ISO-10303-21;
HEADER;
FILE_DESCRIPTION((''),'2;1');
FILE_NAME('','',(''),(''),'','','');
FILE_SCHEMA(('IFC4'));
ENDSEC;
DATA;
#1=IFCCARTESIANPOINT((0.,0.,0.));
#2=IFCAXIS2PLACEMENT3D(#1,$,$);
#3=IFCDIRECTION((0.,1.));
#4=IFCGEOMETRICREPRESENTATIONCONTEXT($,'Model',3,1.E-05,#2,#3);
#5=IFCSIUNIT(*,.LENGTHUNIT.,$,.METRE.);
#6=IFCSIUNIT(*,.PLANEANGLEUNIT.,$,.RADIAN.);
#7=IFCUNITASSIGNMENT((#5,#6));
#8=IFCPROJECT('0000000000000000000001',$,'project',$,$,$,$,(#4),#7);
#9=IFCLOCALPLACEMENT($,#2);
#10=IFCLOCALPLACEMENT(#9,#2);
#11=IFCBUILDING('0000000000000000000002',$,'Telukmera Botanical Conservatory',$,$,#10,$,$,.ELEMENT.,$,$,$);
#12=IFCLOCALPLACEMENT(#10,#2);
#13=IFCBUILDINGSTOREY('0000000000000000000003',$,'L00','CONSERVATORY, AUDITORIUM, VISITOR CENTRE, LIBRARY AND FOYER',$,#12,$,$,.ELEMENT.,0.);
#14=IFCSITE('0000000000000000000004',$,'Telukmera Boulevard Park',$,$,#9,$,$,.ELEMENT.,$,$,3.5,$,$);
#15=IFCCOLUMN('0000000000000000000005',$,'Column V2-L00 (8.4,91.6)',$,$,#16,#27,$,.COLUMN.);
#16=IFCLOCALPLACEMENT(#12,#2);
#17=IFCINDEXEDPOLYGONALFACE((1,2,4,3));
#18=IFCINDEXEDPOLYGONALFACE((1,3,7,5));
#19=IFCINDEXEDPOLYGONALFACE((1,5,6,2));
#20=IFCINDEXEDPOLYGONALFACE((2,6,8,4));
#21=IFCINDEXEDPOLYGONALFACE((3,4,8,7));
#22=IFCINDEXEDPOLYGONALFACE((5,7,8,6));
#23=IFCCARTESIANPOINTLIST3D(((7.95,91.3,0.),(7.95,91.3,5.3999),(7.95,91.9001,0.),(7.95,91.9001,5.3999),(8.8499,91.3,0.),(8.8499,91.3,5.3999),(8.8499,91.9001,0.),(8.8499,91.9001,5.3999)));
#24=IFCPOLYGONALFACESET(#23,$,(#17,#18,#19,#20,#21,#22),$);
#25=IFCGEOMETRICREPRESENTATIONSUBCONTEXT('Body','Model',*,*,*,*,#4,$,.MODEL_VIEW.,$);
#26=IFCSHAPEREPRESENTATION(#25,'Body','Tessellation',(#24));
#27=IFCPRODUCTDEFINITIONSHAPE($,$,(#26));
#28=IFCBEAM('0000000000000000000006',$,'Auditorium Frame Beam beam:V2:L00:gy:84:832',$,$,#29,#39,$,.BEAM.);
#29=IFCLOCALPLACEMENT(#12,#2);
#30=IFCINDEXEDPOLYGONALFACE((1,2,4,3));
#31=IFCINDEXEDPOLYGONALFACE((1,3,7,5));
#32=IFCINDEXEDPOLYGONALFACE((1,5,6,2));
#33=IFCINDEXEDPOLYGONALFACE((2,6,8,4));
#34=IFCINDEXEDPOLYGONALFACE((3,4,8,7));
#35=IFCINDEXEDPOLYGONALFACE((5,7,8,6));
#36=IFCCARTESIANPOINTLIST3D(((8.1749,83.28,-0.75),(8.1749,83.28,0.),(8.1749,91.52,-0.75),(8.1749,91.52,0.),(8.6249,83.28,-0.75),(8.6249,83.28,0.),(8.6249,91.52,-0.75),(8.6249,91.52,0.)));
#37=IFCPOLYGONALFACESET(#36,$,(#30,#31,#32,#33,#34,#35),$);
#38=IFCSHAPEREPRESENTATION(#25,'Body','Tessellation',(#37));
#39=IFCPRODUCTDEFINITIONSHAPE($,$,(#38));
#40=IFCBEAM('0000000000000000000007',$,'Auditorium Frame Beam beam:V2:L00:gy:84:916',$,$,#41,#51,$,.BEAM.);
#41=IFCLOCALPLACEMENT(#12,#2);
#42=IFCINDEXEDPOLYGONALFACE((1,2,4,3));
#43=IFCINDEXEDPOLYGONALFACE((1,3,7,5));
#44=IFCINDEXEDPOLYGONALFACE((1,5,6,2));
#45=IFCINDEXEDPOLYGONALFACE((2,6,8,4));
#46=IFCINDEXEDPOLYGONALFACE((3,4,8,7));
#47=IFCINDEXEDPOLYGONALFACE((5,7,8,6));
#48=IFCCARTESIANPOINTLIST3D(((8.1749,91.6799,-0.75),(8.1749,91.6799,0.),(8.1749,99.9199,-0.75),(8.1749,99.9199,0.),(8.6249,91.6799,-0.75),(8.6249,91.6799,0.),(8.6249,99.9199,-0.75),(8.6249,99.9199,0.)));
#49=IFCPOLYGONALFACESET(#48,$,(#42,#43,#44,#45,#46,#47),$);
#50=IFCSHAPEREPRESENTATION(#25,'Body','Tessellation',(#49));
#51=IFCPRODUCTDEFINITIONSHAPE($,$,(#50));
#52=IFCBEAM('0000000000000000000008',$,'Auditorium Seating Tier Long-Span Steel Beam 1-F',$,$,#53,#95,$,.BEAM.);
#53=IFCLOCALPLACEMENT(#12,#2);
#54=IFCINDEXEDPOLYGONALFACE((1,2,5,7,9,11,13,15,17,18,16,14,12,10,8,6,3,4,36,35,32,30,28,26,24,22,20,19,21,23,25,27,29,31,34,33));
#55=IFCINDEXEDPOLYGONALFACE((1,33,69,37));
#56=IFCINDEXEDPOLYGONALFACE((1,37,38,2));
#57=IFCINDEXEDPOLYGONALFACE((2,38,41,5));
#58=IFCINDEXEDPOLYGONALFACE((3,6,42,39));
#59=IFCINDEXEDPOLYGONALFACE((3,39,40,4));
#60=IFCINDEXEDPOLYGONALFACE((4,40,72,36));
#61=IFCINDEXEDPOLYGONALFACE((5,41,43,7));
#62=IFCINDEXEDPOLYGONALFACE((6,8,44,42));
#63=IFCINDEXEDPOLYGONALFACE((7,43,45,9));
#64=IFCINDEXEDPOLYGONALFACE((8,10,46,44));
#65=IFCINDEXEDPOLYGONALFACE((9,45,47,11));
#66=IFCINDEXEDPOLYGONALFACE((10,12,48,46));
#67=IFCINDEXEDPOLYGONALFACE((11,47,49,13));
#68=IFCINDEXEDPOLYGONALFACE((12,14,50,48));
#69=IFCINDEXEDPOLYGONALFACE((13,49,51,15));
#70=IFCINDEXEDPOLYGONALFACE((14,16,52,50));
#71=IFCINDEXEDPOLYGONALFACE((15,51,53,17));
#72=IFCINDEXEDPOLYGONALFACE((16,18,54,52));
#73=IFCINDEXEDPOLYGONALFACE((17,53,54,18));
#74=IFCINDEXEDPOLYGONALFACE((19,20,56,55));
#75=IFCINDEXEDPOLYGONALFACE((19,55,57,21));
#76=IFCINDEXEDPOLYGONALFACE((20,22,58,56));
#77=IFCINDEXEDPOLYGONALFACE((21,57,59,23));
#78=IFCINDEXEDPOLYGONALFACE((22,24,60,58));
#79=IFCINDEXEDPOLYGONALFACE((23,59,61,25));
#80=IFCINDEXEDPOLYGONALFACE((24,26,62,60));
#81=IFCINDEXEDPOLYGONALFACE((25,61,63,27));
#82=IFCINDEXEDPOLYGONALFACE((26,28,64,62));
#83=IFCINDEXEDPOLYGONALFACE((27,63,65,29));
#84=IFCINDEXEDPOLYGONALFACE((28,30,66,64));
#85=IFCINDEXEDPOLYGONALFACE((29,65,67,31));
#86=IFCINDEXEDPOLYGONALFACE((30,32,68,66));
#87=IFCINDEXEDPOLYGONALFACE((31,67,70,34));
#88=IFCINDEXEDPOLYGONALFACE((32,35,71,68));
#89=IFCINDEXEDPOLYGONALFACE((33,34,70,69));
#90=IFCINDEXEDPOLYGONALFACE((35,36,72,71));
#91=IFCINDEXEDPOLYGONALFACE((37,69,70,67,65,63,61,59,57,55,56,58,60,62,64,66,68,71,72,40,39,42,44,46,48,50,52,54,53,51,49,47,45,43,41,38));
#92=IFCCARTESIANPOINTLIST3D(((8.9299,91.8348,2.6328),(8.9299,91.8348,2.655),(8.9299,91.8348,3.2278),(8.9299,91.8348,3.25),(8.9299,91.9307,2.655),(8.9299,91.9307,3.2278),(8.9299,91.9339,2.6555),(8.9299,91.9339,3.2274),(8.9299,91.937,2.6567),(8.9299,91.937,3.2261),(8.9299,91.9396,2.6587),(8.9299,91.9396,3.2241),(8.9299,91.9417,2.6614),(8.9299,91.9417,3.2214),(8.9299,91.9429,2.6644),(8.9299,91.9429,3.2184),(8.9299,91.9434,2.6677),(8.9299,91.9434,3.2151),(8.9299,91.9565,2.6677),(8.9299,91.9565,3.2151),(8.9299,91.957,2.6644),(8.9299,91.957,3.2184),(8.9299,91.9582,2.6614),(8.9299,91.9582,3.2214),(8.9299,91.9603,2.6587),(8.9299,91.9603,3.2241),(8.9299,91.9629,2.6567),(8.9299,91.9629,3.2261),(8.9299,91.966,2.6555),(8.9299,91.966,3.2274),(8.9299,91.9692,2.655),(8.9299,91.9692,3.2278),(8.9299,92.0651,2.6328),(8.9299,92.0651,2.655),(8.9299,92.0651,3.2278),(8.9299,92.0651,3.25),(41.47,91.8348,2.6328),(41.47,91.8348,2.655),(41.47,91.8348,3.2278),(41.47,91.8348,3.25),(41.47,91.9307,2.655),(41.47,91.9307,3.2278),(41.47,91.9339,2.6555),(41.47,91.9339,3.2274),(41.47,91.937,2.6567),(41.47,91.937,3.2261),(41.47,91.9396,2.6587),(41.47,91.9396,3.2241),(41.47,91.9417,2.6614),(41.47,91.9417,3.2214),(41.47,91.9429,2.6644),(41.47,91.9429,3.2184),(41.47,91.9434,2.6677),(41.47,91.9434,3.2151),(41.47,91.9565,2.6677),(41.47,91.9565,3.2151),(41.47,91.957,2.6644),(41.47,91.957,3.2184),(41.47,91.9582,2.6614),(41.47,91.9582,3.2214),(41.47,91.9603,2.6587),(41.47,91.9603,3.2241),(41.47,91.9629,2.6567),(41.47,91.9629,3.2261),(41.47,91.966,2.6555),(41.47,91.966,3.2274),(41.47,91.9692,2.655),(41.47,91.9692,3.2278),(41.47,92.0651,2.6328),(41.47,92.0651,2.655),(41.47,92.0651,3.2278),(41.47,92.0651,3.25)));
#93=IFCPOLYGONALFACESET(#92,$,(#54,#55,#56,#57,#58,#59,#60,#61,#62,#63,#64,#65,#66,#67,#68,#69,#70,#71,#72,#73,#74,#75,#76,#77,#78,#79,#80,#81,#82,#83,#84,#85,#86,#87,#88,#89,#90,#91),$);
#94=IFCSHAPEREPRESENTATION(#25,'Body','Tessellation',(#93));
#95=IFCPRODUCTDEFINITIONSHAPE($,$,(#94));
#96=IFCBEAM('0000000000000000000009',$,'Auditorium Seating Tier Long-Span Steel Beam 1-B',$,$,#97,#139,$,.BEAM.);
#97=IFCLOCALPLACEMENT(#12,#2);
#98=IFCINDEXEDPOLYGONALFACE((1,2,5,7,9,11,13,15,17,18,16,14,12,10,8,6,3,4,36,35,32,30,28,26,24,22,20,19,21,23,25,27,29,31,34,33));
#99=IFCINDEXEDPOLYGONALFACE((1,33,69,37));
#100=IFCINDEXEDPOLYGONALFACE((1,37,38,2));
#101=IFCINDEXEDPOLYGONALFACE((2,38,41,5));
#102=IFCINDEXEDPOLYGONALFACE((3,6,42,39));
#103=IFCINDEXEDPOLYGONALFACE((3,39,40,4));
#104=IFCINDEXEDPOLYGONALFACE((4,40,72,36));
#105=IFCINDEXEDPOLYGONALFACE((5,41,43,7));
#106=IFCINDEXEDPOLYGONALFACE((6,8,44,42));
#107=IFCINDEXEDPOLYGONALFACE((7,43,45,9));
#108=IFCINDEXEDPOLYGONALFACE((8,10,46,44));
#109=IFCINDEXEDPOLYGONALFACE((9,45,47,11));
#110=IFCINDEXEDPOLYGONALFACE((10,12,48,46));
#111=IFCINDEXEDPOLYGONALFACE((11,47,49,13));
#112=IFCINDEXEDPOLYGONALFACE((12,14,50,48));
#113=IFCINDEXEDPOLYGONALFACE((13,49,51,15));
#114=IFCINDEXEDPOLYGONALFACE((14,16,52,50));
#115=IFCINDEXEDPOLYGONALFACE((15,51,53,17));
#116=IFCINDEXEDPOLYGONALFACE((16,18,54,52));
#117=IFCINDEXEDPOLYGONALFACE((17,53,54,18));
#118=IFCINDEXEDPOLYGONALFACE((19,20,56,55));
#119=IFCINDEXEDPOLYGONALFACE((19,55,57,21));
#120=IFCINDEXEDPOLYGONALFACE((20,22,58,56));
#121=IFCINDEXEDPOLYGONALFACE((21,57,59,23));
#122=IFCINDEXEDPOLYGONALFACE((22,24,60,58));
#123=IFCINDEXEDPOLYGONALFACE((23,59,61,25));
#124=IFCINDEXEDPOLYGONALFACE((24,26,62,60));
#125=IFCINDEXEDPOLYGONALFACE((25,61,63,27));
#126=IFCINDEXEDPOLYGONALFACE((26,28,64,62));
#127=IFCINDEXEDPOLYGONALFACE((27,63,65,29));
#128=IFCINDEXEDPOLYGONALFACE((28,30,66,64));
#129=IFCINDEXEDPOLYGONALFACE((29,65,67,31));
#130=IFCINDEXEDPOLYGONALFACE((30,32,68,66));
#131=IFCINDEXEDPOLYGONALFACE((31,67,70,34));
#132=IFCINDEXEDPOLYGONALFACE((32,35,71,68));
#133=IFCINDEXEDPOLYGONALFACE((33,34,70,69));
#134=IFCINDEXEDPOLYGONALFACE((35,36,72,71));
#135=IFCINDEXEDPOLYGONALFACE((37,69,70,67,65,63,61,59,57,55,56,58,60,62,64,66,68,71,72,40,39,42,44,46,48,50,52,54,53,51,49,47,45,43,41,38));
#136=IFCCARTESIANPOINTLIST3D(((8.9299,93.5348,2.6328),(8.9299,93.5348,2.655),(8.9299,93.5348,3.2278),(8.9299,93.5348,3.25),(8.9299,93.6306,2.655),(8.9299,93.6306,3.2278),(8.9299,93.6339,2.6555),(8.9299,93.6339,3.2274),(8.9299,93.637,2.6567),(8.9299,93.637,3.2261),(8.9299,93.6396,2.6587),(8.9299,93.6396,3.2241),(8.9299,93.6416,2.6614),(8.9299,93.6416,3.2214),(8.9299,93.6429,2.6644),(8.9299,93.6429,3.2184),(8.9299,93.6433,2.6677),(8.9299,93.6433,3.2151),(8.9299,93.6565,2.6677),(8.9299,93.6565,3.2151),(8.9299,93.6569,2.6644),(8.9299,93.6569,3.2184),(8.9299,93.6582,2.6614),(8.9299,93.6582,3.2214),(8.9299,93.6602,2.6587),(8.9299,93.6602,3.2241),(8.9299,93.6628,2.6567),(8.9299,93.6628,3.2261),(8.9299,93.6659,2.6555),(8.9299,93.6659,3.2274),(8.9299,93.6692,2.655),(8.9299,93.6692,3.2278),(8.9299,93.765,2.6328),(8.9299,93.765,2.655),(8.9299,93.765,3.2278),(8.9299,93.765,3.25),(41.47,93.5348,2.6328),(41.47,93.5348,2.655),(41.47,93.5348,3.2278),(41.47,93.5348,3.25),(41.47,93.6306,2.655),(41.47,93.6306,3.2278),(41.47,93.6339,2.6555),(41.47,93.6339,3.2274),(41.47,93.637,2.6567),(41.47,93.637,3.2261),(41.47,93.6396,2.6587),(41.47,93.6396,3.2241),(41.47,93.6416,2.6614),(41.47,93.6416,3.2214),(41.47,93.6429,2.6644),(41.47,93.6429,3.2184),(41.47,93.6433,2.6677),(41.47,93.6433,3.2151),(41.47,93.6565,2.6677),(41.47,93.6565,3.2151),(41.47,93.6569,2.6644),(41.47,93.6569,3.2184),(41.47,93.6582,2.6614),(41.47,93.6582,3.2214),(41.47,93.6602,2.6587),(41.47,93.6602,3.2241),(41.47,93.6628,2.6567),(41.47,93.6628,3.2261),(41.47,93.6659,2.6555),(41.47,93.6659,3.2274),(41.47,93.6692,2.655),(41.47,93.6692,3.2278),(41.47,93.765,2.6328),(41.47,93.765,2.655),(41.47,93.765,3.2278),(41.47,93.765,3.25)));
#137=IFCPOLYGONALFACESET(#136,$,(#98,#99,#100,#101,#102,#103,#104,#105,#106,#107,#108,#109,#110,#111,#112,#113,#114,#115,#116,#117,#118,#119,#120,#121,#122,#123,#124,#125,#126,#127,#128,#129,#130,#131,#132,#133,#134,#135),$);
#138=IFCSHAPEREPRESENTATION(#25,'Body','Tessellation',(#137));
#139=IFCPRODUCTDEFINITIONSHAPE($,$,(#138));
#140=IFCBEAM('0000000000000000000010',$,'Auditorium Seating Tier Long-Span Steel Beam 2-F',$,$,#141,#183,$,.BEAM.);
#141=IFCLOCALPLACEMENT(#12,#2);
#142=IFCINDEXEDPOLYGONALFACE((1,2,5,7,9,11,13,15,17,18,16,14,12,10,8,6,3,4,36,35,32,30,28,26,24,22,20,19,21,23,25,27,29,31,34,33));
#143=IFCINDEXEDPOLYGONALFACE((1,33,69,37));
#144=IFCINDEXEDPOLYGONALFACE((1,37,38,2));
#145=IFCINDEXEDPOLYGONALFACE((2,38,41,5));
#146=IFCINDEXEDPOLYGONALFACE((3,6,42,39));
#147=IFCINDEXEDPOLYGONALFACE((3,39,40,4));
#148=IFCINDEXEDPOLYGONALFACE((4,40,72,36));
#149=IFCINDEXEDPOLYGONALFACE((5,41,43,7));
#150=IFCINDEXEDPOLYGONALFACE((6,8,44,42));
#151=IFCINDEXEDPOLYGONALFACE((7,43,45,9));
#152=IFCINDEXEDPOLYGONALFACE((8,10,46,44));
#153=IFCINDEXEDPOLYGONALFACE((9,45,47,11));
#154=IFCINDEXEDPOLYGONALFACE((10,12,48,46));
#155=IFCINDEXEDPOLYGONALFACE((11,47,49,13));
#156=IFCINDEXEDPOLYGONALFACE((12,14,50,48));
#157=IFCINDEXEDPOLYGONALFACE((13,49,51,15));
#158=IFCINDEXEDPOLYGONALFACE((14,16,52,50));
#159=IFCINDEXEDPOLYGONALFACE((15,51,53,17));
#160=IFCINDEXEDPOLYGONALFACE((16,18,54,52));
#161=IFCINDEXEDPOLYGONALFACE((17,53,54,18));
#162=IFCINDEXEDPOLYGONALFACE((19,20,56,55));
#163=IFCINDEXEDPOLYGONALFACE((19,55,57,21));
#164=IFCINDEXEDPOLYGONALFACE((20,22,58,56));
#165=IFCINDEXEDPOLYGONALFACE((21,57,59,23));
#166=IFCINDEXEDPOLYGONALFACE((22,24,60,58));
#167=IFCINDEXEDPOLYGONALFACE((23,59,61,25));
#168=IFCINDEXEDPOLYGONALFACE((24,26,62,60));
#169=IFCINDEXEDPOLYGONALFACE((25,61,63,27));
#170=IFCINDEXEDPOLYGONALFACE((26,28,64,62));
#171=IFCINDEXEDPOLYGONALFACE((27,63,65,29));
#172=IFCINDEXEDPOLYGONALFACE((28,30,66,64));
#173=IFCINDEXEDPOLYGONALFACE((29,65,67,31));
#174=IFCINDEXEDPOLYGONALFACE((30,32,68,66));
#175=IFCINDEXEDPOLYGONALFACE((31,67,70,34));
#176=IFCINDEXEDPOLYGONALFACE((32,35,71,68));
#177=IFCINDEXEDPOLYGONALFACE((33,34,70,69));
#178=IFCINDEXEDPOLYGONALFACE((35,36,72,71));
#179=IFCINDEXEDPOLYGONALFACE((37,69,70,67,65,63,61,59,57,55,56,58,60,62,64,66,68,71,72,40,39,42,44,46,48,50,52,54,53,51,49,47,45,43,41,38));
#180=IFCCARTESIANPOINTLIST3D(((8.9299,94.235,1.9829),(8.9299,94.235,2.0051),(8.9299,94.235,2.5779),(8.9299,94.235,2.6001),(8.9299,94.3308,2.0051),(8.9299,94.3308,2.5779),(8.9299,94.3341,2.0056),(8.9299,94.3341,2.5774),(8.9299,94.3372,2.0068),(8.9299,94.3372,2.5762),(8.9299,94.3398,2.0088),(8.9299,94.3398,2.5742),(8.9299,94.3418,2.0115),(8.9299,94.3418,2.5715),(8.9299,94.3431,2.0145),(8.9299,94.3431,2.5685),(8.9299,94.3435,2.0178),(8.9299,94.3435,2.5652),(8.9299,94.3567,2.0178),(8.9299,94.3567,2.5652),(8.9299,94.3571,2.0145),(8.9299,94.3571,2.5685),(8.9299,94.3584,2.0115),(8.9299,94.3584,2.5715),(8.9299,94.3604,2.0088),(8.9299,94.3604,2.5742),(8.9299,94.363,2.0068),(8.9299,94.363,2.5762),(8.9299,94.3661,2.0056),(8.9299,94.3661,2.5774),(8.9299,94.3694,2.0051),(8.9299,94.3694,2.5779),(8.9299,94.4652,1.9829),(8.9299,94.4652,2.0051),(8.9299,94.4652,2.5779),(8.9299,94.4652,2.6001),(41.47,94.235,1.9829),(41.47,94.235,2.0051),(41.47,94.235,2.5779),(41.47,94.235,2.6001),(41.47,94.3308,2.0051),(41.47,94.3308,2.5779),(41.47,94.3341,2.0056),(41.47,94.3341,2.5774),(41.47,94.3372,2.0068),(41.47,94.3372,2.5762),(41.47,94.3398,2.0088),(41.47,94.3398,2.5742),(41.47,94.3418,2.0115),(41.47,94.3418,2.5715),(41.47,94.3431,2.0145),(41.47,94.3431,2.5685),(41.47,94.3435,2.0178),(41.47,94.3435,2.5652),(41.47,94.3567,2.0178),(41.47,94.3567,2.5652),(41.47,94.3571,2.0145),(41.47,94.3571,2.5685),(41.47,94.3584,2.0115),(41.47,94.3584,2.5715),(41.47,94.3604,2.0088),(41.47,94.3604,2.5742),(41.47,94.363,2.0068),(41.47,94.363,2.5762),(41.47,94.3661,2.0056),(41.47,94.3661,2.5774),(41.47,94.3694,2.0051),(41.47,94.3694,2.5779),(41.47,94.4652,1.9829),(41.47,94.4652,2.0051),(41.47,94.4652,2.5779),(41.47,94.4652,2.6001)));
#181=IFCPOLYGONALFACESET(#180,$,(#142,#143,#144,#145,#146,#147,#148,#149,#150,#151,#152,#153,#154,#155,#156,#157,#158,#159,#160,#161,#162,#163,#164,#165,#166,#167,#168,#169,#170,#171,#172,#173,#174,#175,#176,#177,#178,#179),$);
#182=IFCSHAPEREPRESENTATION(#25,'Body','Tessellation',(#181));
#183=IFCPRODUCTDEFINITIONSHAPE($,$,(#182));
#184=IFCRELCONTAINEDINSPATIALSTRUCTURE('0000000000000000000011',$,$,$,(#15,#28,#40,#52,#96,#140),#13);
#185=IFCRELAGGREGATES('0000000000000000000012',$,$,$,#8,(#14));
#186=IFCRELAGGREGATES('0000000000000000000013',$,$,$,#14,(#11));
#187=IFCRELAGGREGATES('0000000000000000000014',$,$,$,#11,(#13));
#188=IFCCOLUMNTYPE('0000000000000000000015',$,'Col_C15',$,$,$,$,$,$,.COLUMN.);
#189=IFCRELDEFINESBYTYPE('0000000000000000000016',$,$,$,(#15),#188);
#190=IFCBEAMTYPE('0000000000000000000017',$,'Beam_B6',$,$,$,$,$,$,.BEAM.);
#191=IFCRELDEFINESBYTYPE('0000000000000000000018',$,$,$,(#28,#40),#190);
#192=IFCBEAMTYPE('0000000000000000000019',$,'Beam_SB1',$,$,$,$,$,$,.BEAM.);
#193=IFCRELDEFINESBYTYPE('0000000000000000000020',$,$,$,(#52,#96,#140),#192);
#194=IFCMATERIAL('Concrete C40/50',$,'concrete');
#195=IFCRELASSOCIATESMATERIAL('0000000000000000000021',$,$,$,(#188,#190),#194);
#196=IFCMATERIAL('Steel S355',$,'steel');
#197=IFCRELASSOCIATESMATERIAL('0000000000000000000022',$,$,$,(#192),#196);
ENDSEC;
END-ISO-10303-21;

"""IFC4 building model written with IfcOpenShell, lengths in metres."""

from ifc_helpers import new_model, si_unit, direction, frame, origin, origin_2d, place, context, subcontext, project, spatial, rectangle, i_section, extrude, material, material_profile, profile_set, type_object, element, save


model = new_model("IFC4")

# Units and contexts
model_context = context("Model", 3, precision=1e-05, world=origin(), true_north=direction((0.0, 1.0)))
body_context = subcontext(model_context, "Body", "Model", "MODEL_VIEW")
ifc_project = project(units=[si_unit("LENGTHUNIT", "METRE"), si_unit("PLANEANGLEUNIT", "RADIAN")], contexts=[model_context])

# Site, building, storey
site_placement = place(None, origin())
site = spatial("IfcSite", under=ifc_project, at=site_placement, Name="Telukmera Boulevard Park", CompositionType="ELEMENT", RefElevation=3.5)
building_placement = place(site_placement, origin())
building = spatial("IfcBuilding", under=site, at=building_placement, Name="Telukmera Botanical Conservatory", CompositionType="ELEMENT")
storey_placement = place(building_placement, origin())
storey = spatial("IfcBuildingStorey", under=building, at=storey_placement, Name="L00", Description="CONSERVATORY, AUDITORIUM, VISITOR CENTRE, LIBRARY AND FOYER", CompositionType="ELEMENT", Elevation=0.0)

# Column
ifc_material_1 = material(Name="Concrete C40/50", Category="concrete")
ifc_material_profile_1 = material_profile(ifc_material_1, rectangle(XDim=0.6001, YDim=0.8999, at=origin_2d()), Name="RC 900x600")
ifc_profile_set_1 = profile_set([ifc_material_profile_1], Name="Concrete C40/50")
column_type = type_object("IfcColumnType", Name="Col_C15", PredefinedType="COLUMN", material=ifc_profile_set_1)
column_placement = place(storey_placement, frame((8.3999, 91.6001, 0.0), z_axis=(0.0, 0.0, 1.0), x_axis=(0.0, 1.0, 0.0)))
element("IfcColumn", 1, at=column_placement, inside=storey, type_object=column_type, Name="Column V2-L00 (8.4,91.6)", PredefinedType="COLUMN", context=body_context, shape_type="SweptSolid", body=[
    extrude(rectangle(XDim=0.6001, YDim=0.8999, at=origin_2d()), origin(), (0.0, 0.0, 1.0), 5.3999),
])

# Beams
ifc_material_profile_2 = material_profile(ifc_material_1, rectangle(XDim=0.45, YDim=0.75, at=origin_2d()), Name="RC 450x750")
ifc_profile_set_2 = profile_set([ifc_material_profile_2], Name="Concrete C40/50")
beam_type_1 = type_object("IfcBeamType", Name="Beam_B6", PredefinedType="BEAM", material=ifc_profile_set_2)
for number, where, z_axis, x_axis, name in (
    (2, (8.3999, 83.28, -0.375), (0.0, 1.0, 0.0), (-1.0, 0.0, 0.0), "Auditorium Frame Beam beam:V2:L00:gy:84:832"),
    (3, (8.3999, 91.6799, -0.375), (0.0, 1.0, 0.0), (-1.0, 0.0, 0.0), "Auditorium Frame Beam beam:V2:L00:gy:84:916"),
):
    element("IfcBeam", number, at=place(storey_placement, frame(where, z_axis=z_axis, x_axis=x_axis)), inside=storey, type_object=beam_type_1, Name=name, PredefinedType="BEAM", context=body_context, shape_type="SweptSolid", body=[
        extrude(rectangle(XDim=0.45, YDim=0.75, at=origin_2d()), origin(), (0.0, 0.0, 1.0), 8.24),
    ])
ifc_material_2 = material(Name="Steel S355", Category="steel")
ifc_material_profile_3 = material_profile(ifc_material_2, i_section(OverallWidth=0.2302, OverallDepth=0.6172, WebThickness=0.0132, FlangeThickness=0.0222, FilletRadius=0.0127, at=origin_2d()), Name="UB 610x229x140")
ifc_profile_set_3 = profile_set([ifc_material_profile_3], Name="Steel S355")
beam_type_2 = type_object("IfcBeamType", Name="Beam_SB1", PredefinedType="BEAM", material=ifc_profile_set_3)
for number, where, z_axis, x_axis, name in (
    (4, (8.9299, 91.95, 2.9414), (1.0, 0.0, 0.0), (0.0, 1.0, 0.0), "Auditorium Seating Tier Long-Span Steel Beam 1-F"),
    (5, (8.9299, 93.6499, 2.9414), (1.0, 0.0, 0.0), (0.0, 1.0, 0.0), "Auditorium Seating Tier Long-Span Steel Beam 1-B"),
    (6, (8.9299, 94.3501, 2.2915), (1.0, 0.0, 0.0), (0.0, 1.0, 0.0), "Auditorium Seating Tier Long-Span Steel Beam 2-F"),
):
    element("IfcBeam", number, at=place(storey_placement, frame(where, z_axis=z_axis, x_axis=x_axis)), inside=storey, type_object=beam_type_2, Name=name, PredefinedType="BEAM", context=body_context, shape_type="SweptSolid", body=[
        extrude(i_section(OverallWidth=0.2302, OverallDepth=0.6172, WebThickness=0.0132, FlangeThickness=0.0222, FilletRadius=0.0127, at=origin_2d()), origin(), (0.0, 0.0, 1.0), 32.54),
    ])

save(model, "model.ifc")
